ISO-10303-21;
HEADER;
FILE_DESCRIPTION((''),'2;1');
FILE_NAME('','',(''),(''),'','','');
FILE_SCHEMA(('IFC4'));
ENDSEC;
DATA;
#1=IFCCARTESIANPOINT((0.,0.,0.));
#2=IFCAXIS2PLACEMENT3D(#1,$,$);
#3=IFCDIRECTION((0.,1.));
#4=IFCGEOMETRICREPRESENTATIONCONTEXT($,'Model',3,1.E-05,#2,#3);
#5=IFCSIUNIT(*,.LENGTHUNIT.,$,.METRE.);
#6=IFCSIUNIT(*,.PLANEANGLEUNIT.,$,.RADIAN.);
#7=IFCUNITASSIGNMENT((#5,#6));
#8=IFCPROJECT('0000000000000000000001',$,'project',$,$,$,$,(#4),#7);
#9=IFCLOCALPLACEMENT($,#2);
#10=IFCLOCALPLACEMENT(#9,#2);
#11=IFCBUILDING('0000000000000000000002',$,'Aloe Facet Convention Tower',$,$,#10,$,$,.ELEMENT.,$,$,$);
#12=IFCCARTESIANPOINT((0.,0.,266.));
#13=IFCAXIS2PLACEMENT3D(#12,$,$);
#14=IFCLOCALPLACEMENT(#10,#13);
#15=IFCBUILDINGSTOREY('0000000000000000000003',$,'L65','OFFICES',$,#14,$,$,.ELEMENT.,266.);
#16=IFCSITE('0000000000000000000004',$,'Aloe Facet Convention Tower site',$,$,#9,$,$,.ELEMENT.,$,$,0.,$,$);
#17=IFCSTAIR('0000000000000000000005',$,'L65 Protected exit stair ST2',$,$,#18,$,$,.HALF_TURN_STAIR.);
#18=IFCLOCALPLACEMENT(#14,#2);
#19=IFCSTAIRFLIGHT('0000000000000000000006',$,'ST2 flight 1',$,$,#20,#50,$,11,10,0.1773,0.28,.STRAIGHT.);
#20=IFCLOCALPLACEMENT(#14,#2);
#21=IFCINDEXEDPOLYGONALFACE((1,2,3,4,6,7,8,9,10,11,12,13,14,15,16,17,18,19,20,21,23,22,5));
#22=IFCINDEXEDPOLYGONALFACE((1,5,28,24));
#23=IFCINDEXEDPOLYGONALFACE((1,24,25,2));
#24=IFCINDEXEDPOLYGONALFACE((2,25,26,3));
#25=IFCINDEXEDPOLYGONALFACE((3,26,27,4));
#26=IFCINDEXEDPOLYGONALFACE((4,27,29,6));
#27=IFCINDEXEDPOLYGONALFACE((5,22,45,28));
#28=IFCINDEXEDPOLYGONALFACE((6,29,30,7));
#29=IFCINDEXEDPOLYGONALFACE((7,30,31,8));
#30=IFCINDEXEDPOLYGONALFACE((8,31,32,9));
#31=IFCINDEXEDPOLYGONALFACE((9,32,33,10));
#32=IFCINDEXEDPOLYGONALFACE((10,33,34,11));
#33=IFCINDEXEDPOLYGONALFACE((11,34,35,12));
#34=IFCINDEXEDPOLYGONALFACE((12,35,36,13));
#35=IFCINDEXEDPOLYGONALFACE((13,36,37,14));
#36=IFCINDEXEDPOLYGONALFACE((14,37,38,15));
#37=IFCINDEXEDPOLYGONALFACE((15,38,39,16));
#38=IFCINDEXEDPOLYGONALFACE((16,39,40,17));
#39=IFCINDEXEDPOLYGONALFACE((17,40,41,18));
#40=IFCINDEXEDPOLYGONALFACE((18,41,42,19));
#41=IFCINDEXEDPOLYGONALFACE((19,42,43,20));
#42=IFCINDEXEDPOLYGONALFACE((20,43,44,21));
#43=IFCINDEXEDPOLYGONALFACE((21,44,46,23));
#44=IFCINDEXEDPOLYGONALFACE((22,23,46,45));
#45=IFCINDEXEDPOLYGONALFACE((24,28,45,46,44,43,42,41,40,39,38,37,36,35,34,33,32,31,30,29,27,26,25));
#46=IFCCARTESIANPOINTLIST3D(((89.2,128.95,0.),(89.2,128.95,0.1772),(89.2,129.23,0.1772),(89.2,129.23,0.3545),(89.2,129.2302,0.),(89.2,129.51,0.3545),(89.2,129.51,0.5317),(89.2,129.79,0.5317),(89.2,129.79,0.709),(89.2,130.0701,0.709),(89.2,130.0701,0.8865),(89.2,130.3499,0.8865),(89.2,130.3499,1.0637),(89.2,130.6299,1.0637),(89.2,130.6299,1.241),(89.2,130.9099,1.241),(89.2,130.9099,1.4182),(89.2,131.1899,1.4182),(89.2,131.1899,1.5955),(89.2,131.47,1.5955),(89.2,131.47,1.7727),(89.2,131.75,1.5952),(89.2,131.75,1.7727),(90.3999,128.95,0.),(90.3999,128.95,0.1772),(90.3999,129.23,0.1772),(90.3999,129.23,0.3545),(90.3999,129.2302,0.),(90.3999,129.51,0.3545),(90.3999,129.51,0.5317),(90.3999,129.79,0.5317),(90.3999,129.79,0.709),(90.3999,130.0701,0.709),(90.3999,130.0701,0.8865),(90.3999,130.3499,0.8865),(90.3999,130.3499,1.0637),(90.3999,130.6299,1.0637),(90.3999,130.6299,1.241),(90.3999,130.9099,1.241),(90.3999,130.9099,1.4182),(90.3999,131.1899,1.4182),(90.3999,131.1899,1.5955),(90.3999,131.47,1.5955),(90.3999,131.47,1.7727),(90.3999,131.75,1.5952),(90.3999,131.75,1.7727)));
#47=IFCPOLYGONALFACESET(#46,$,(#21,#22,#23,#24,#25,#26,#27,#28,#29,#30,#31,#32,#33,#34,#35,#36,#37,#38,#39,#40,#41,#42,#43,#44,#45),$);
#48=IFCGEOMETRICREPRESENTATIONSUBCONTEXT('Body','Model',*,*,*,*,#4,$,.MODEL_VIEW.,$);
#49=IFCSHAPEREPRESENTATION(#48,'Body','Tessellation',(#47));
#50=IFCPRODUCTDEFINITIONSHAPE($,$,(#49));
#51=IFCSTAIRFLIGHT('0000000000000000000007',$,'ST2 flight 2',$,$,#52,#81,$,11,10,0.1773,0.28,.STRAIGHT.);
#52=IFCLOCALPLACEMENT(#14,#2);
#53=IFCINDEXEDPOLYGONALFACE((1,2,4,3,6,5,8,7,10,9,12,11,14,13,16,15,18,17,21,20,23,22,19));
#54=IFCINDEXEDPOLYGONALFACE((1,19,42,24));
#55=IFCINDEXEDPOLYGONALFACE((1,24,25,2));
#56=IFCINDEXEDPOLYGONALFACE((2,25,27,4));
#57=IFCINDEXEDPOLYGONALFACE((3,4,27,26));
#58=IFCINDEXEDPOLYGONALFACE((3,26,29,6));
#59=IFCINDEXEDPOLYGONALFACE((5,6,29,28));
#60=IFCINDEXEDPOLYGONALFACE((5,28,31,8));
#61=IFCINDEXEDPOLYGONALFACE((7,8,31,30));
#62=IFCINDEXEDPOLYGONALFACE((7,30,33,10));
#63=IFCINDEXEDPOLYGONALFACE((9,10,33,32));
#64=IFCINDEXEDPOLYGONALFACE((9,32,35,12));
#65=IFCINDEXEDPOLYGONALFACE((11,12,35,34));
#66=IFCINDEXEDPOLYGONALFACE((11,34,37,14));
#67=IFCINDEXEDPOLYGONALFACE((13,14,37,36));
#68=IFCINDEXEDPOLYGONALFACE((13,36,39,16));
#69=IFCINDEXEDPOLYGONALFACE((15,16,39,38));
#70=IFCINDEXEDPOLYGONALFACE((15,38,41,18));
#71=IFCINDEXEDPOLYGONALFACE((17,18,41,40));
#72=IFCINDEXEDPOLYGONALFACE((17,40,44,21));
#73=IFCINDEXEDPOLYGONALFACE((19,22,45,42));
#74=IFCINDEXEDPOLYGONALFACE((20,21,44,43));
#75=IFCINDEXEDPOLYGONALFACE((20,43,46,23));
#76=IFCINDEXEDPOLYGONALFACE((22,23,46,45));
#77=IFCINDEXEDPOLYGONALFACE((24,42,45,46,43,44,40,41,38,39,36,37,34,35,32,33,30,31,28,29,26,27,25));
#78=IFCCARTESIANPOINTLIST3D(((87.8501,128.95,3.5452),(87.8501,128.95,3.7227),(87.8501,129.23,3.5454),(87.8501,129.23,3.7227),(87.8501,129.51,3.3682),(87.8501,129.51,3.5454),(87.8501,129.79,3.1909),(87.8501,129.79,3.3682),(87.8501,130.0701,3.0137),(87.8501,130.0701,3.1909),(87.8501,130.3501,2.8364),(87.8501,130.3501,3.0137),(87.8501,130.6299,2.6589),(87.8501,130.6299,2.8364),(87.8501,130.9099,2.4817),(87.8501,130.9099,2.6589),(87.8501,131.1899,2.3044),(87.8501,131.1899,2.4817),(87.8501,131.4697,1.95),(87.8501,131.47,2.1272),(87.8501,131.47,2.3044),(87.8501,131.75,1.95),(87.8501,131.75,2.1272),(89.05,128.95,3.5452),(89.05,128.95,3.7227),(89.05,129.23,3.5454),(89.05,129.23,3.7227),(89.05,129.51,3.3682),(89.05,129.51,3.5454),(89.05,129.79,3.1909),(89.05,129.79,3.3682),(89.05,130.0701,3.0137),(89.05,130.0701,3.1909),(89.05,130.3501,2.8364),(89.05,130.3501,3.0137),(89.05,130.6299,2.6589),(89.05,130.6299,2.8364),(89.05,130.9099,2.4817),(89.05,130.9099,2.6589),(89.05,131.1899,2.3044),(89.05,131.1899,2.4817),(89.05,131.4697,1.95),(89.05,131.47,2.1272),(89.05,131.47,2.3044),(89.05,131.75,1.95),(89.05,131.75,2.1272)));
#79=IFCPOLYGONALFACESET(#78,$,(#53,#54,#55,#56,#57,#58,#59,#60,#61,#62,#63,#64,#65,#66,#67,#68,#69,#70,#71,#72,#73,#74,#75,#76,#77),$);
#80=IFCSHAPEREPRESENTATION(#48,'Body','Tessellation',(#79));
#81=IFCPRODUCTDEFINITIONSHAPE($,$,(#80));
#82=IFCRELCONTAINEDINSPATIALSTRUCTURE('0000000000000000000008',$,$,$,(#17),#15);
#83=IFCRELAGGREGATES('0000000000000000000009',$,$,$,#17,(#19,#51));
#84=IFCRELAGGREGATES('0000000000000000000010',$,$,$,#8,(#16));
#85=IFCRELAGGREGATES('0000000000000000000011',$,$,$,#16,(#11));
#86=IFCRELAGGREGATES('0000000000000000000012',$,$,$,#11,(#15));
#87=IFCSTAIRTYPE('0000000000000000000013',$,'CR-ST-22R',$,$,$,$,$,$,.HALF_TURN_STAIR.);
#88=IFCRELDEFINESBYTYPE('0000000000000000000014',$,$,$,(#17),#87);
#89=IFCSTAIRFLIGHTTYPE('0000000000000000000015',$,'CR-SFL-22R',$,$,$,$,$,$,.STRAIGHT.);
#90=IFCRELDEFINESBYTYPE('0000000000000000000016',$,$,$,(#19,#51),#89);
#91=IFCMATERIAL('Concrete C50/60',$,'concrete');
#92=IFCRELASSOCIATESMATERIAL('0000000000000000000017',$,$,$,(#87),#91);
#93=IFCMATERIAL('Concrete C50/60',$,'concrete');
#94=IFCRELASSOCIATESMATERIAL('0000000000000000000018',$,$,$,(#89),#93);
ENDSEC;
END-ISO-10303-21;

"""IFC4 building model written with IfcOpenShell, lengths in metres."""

from ifc_helpers import new_model, si_unit, direction, frame, origin, place, context, subcontext, project, spatial, polyline, outline, extrude, material, type_object, element, aggregate, save


model = new_model("IFC4")

# Units and contexts
model_context = context("Model", 3, precision=1e-05, world=origin(), true_north=direction((0.0, 1.0)))
body_context = subcontext(model_context, "Body", "Model", "MODEL_VIEW")
ifc_project = project(units=[si_unit("LENGTHUNIT", "METRE"), si_unit("PLANEANGLEUNIT", "RADIAN")], contexts=[model_context])

# Site, building, storey
site_placement = place(None, origin())
site = spatial("IfcSite", under=ifc_project, at=site_placement, Name="Aloe Facet Convention Tower site", CompositionType="ELEMENT", RefElevation=0.0)
building_placement = place(site_placement, origin())
building = spatial("IfcBuilding", under=site, at=building_placement, Name="Aloe Facet Convention Tower", CompositionType="ELEMENT")
storey_placement = place(building_placement, frame((0.0, 0.0, 266.0)))
storey = spatial("IfcBuildingStorey", under=building, at=storey_placement, Name="L65", Description="OFFICES", CompositionType="ELEMENT", Elevation=266.0)

# Stair, stair flights
ifc_material_1 = material(Name="Concrete C50/60", Category="concrete")
stair_type = type_object("IfcStairType", Name="CR-ST-22R", PredefinedType="HALF_TURN_STAIR", material=ifc_material_1)
stair_placement = place(storey_placement, origin())
stair = element("IfcStair", 1, at=stair_placement, inside=storey, type_object=stair_type, Name="L65 Protected exit stair ST2", PredefinedType="HALF_TURN_STAIR")
ifc_material_2 = material(Name="Concrete C50/60", Category="concrete")
stair_flight_type = type_object("IfcStairFlightType", Name="CR-SFL-22R", PredefinedType="STRAIGHT", material=ifc_material_2)
stair_flight_1_placement = place(storey_placement, frame((89.8, 128.95, 0.0), z_axis=(0.0, 0.0, 1.0), x_axis=(0.0, 1.0, 0.0)))
stair_flight_1 = element("IfcStairFlight", 2, at=stair_flight_1_placement, type_object=stair_flight_type, Name="ST2 flight 1", NumberOfRisers=11, NumberOfTreads=10, PredefinedType="STRAIGHT", RiserHeight=0.1773, TreadLength=0.28, context=body_context, shape_type="SweptSolid", body=[
    extrude(outline(polyline([(0.0, 0.0), (0.0, 0.1772), (0.28, 0.1772), (0.28, 0.3545), (0.5601, 0.3545), (0.5601, 0.5317), (0.8401, 0.5317), (0.8401, 0.709), (1.1201, 0.709), (1.1201, 0.8865), (1.3999, 0.8865), (1.3999, 1.0637), (1.6799, 1.0637), (1.6799, 1.241), (1.96, 1.241), (1.96, 1.4182), (2.24, 1.4182), (2.24, 1.5955), (2.52, 1.5955), (2.52, 1.7727), (2.8, 1.7727), (2.8, 1.95), (2.8, 1.5952), (0.2803, 0.0), (0.0, 0.0)])), frame((0.0, 0.6001, 0.0), z_axis=(0.0, -1.0, 0.0), x_axis=(1.0, 0.0, 0.0)), (0.0, 0.0, 1.0), 1.2),
])
stair_flight_2_placement = place(storey_placement, frame((88.45, 131.75, 1.95), z_axis=(0.0, 0.0, 1.0), x_axis=(0.0, -1.0, 0.0)))
stair_flight_2 = element("IfcStairFlight", 3, at=stair_flight_2_placement, type_object=stair_flight_type, Name="ST2 flight 2", NumberOfRisers=11, NumberOfTreads=10, PredefinedType="STRAIGHT", RiserHeight=0.1773, TreadLength=0.28, context=body_context, shape_type="SweptSolid", body=[
    extrude(outline(polyline([(0.0, 0.0), (0.0, 0.1772), (0.28, 0.1772), (0.28, 0.3545), (0.5601, 0.3545), (0.5601, 0.5317), (0.8401, 0.5317), (0.8401, 0.709), (1.1201, 0.709), (1.1201, 0.8865), (1.3999, 0.8865), (1.3999, 1.0637), (1.6799, 1.0637), (1.6799, 1.241), (1.96, 1.241), (1.96, 1.4182), (2.24, 1.4182), (2.24, 1.5955), (2.52, 1.5955), (2.52, 1.7727), (2.8, 1.7727), (2.8, 1.95), (2.8, 1.5952), (0.2803, 0.0), (0.0, 0.0)])), frame((0.0, 0.6001, 0.0), z_axis=(0.0, -1.0, 0.0), x_axis=(1.0, 0.0, 0.0)), (0.0, 0.0, 1.0), 1.2),
])
aggregate(stair, [stair_flight_1, stair_flight_2])

save(model, "model.ifc")
